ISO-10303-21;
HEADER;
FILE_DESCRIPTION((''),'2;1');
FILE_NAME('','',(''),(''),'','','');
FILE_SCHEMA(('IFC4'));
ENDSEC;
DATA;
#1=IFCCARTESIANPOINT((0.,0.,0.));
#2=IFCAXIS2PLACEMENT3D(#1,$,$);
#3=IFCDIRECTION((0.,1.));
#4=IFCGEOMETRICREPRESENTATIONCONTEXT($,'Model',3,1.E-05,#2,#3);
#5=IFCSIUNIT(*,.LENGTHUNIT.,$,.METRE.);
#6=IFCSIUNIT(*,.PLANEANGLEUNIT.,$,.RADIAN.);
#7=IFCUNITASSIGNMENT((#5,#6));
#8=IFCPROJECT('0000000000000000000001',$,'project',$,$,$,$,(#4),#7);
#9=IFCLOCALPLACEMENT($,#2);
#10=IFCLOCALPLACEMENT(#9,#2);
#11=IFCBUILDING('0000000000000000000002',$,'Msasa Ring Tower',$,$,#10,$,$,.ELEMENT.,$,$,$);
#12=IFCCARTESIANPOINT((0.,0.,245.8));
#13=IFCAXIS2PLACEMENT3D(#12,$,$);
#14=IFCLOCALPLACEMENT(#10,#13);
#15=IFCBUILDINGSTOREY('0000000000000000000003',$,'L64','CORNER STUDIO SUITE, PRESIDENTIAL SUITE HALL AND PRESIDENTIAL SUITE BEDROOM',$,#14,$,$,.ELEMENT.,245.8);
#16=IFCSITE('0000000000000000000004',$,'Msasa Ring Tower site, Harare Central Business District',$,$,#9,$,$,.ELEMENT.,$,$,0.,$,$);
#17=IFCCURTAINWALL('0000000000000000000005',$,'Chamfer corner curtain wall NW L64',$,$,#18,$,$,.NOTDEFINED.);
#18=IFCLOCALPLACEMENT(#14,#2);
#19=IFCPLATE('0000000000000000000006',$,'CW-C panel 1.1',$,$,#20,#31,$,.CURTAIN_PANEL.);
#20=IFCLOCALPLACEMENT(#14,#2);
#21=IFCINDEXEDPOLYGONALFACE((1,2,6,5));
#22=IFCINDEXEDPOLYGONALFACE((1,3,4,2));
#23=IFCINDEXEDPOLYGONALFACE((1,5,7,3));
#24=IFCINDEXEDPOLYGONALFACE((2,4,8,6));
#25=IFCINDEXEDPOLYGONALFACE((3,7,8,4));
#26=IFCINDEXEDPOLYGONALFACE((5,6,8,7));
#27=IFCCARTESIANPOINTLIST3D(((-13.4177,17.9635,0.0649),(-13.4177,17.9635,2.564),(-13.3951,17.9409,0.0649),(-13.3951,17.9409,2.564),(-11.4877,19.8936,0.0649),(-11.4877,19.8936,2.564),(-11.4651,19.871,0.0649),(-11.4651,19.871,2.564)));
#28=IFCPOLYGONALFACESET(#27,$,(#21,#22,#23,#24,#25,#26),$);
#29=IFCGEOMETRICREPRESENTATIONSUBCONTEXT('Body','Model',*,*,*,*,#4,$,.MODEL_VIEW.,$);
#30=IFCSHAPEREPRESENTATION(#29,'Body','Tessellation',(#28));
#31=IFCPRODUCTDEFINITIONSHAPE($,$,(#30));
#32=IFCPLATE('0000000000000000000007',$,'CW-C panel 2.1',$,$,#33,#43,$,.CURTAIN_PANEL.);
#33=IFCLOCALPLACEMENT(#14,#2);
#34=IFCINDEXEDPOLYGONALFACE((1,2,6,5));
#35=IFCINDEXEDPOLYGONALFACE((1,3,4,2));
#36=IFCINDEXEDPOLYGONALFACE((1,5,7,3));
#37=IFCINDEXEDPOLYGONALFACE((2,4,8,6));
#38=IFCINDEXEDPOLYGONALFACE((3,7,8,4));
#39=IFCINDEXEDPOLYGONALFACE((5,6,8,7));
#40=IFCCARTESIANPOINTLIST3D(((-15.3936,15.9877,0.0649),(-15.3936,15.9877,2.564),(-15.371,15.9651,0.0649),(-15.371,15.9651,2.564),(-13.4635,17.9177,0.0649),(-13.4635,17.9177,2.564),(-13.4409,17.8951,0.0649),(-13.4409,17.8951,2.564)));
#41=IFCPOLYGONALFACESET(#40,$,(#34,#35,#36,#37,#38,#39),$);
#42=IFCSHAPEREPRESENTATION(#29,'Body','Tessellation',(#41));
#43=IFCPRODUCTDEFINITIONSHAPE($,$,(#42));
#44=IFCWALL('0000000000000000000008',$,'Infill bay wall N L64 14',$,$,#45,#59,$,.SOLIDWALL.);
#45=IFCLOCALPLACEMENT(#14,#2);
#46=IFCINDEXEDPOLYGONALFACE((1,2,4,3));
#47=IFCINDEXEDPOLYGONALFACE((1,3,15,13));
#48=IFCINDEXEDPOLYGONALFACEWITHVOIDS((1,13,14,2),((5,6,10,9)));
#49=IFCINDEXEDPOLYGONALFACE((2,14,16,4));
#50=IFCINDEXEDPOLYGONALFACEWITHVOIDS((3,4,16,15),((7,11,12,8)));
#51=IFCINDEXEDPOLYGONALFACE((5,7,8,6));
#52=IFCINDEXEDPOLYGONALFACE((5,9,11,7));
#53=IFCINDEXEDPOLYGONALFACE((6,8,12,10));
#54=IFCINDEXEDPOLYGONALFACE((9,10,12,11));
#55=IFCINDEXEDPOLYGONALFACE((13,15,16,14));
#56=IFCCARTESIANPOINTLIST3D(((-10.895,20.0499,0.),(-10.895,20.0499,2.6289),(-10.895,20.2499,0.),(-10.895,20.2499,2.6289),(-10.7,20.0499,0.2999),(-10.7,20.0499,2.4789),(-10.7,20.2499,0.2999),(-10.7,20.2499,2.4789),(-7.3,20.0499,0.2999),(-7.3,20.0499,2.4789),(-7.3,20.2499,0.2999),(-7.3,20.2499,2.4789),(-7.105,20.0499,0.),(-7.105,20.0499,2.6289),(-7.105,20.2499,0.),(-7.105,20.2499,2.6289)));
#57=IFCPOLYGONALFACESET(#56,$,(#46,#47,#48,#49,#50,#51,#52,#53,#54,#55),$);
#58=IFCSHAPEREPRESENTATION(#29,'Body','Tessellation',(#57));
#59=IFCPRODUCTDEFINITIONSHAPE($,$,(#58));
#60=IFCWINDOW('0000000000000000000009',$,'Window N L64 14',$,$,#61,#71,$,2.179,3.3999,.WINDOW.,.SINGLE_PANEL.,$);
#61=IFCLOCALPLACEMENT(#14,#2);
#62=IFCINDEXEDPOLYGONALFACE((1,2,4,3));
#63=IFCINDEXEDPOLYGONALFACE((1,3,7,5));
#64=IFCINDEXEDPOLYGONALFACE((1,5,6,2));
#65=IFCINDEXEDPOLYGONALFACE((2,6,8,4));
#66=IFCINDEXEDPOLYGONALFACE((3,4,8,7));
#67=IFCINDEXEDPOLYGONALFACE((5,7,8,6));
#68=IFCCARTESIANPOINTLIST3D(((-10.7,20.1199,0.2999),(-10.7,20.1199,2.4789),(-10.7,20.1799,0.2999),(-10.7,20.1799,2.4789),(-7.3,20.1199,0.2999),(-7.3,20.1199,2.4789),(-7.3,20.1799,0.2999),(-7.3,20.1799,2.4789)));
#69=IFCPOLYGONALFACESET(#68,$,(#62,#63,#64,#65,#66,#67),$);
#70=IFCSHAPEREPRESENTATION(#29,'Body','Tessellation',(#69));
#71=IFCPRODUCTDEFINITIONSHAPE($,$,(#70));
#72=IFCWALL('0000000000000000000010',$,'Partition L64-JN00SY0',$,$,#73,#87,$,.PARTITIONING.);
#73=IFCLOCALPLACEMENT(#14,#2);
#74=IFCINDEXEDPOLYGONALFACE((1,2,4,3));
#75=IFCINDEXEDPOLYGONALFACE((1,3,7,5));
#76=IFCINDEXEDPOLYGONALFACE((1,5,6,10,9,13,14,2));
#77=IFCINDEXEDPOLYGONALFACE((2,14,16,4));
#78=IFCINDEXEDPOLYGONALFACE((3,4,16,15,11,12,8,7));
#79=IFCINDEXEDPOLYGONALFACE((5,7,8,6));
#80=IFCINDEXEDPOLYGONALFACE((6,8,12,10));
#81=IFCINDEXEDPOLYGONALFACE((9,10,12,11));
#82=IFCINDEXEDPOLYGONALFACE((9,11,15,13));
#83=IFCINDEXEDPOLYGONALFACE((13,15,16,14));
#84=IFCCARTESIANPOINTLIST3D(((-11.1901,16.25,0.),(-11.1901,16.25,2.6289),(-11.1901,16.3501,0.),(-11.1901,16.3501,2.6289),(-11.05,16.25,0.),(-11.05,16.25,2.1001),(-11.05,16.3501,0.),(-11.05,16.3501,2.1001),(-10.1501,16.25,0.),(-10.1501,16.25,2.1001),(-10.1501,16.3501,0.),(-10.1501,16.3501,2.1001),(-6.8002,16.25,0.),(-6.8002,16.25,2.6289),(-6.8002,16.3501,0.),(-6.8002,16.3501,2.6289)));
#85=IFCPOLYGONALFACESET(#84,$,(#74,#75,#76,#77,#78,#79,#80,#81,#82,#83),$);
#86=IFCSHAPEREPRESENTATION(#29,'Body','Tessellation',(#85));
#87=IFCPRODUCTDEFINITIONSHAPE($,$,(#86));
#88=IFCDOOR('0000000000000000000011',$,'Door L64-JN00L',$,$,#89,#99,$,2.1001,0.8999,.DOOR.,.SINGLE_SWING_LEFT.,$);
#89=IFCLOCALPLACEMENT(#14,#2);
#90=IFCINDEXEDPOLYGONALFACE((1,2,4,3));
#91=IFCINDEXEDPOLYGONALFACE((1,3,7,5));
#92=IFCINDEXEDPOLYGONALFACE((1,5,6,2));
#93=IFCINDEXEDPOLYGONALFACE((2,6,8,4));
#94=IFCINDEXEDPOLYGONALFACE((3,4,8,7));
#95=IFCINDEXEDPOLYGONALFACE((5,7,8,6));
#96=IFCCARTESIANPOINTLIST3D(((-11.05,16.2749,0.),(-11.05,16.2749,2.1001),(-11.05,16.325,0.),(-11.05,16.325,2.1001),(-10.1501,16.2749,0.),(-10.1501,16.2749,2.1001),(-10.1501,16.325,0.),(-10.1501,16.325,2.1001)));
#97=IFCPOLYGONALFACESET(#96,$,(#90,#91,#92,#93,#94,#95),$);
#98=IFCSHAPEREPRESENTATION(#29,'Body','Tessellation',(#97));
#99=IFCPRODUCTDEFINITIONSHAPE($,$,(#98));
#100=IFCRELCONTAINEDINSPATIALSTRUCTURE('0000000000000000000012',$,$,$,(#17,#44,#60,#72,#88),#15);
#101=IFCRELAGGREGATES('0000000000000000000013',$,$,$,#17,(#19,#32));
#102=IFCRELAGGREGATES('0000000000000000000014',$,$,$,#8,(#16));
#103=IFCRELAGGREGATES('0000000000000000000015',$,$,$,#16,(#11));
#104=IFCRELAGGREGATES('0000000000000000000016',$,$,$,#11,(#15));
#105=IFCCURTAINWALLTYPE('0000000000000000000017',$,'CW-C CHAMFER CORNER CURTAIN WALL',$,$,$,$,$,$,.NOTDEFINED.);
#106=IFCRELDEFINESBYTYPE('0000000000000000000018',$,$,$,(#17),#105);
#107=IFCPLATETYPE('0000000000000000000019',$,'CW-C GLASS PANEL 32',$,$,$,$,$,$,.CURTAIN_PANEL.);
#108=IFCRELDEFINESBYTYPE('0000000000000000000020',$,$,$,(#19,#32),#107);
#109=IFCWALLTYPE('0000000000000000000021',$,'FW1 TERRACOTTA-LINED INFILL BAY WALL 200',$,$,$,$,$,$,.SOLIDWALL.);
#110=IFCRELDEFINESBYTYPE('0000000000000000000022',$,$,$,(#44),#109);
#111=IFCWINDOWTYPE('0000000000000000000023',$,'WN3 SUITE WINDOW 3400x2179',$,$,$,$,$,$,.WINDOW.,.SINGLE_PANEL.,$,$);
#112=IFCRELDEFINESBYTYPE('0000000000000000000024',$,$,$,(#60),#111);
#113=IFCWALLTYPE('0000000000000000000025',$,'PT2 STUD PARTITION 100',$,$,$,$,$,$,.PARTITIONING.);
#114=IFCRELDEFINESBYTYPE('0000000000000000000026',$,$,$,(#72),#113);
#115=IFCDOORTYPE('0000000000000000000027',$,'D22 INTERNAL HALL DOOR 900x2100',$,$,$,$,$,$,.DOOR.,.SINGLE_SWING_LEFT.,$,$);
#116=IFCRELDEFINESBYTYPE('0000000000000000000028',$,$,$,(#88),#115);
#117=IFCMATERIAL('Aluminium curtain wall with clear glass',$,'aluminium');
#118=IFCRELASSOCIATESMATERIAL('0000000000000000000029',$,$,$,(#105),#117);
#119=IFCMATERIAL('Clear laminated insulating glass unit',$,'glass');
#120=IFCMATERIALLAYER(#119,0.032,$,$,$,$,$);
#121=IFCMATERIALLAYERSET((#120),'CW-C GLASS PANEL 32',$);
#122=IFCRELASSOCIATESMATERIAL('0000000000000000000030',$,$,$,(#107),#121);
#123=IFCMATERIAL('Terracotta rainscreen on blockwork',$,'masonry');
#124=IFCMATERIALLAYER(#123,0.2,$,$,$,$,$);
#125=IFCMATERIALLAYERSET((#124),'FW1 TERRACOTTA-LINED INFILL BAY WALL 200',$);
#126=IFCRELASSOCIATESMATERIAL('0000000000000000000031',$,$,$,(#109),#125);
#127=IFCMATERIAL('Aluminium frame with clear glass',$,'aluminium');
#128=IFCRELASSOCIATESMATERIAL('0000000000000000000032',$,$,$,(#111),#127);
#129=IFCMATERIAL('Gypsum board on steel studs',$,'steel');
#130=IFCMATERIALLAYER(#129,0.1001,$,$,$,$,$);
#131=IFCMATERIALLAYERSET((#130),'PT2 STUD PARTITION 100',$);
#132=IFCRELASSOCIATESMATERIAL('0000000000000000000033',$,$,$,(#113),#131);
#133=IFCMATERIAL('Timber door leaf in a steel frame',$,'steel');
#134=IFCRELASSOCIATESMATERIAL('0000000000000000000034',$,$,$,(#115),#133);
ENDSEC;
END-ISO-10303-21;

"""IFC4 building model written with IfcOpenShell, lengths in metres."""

from ifc_helpers import new_model, si_unit, direction, frame, frame_2d, origin, origin_2d, place, context, subcontext, project, spatial, rectangle, extrude, material, layer, layer_set, type_object, element, fill, aggregate, save


model = new_model("IFC4")

# Units and contexts
model_context = context("Model", 3, precision=1e-05, world=origin(), true_north=direction((0.0, 1.0)))
body_context = subcontext(model_context, "Body", "Model", "MODEL_VIEW")
ifc_project = project(units=[si_unit("LENGTHUNIT", "METRE"), si_unit("PLANEANGLEUNIT", "RADIAN")], contexts=[model_context])

# Site, building, storey
site_placement = place(None, origin())
site = spatial("IfcSite", under=ifc_project, at=site_placement, Name="Msasa Ring Tower site, Harare Central Business District", CompositionType="ELEMENT", RefElevation=0.0)
building_placement = place(site_placement, origin())
building = spatial("IfcBuilding", under=site, at=building_placement, Name="Msasa Ring Tower", CompositionType="ELEMENT")
storey_placement = place(building_placement, frame((0.0, 0.0, 245.8)))
storey = spatial("IfcBuildingStorey", under=building, at=storey_placement, Name="L64", Description="CORNER STUDIO SUITE, PRESIDENTIAL SUITE HALL AND PRESIDENTIAL SUITE BEDROOM", CompositionType="ELEMENT", Elevation=245.8)

# Curtain wall
ifc_material_1 = material(Name="Aluminium curtain wall with clear glass", Category="aluminium")
curtain_wall_type = type_object("IfcCurtainWallType", Name="CW-C CHAMFER CORNER CURTAIN WALL", PredefinedType="NOTDEFINED", material=ifc_material_1)
curtain_wall_1_placement = place(storey_placement, origin())
curtain_wall_1 = element("IfcCurtainWall", 1, at=curtain_wall_1_placement, inside=storey, type_object=curtain_wall_type, Name="Chamfer corner curtain wall NW L64", PredefinedType="NOTDEFINED")

# Plates
ifc_material_2 = material(Name="Clear laminated insulating glass unit", Category="glass")
ifc_layer_1 = layer(ifc_material_2, 0.032)
ifc_layer_set_1 = layer_set([ifc_layer_1], Name="CW-C GLASS PANEL 32")
plate_type = type_object("IfcPlateType", Name="CW-C GLASS PANEL 32", PredefinedType="CURTAIN_PANEL", material=ifc_layer_set_1)
plate_1_placement = place(storey_placement, frame((-12.4414, 18.9172, 0.0649), z_axis=(0.0, 0.0, 1.0), x_axis=(-0.707107, -0.707107, 0.0)))
plate_1 = element("IfcPlate", 2, at=plate_1_placement, type_object=plate_type, Name="CW-C panel 1.1", PredefinedType="CURTAIN_PANEL", context=body_context, shape_type="SweptSolid", body=[
    extrude(rectangle(XDim=2.7295, YDim=0.032, at=origin_2d()), origin(), (0.0, 0.0, 1.0), 2.499),
])
plate_2_placement = place(storey_placement, frame((-14.4172, 16.9414, 0.0649), z_axis=(0.0, 0.0, 1.0), x_axis=(-0.707107, -0.707107, 0.0)))
plate_2 = element("IfcPlate", 3, at=plate_2_placement, type_object=plate_type, Name="CW-C panel 2.1", PredefinedType="CURTAIN_PANEL", context=body_context, shape_type="SweptSolid", body=[
    extrude(rectangle(XDim=2.7295, YDim=0.032, at=origin_2d()), origin(), (0.0, 0.0, 1.0), 2.499),
])
aggregate(curtain_wall_1, [plate_1, plate_2])

# Wall, opening, window
ifc_material_3 = material(Name="Terracotta rainscreen on blockwork", Category="masonry")
ifc_layer_2 = layer(ifc_material_3, 0.2)
ifc_layer_set_2 = layer_set([ifc_layer_2], Name="FW1 TERRACOTTA-LINED INFILL BAY WALL 200")
wall_type_1 = type_object("IfcWallType", Name="FW1 TERRACOTTA-LINED INFILL BAY WALL 200", PredefinedType="SOLIDWALL", material=ifc_layer_set_2)
wall_1_placement = place(storey_placement, frame((-10.895, 20.1499, 0.0), z_axis=(0.0, 0.0, 1.0), x_axis=(1.0, 0.0, 0.0)))
wall_1 = element("IfcWall", 4, at=wall_1_placement, inside=storey, type_object=wall_type_1, Name="Infill bay wall N L64 14", PredefinedType="SOLIDWALL", context=body_context, shape_type="SweptSolid", body=[
    extrude(rectangle(XDim=3.79, YDim=0.2, at=frame_2d((1.895, 0.0))), origin(), (0.0, 0.0, 1.0), 2.6289),
])
opening_1_placement = place(wall_1_placement, frame((0.1951, 0.0, 0.3)))
opening_1 = element("IfcOpeningElement", 5, at=opening_1_placement, cuts=wall_1, PredefinedType="OPENING", context=body_context, shape_type="SweptSolid", body=[
    extrude(rectangle(XDim=3.3999, YDim=2.179, at=frame_2d((1.7, 1.0894))), frame((0.0, 0.1099, 0.0), z_axis=(0.0, -1.0, 0.0), x_axis=(1.0, 0.0, 0.0)), (0.0, 0.0, 1.0), 0.22),
])
ifc_material_4 = material(Name="Aluminium frame with clear glass", Category="aluminium")
window_type = type_object("IfcWindowType", Name="WN3 SUITE WINDOW 3400x2179", PartitioningType="SINGLE_PANEL", PredefinedType="WINDOW", material=ifc_material_4)
window_placement = place(opening_1_placement, origin())
window = element("IfcWindow", 6, at=window_placement, inside=storey, type_object=window_type, Name="Window N L64 14", OverallHeight=2.179, OverallWidth=3.3999, PartitioningType="SINGLE_PANEL", PredefinedType="WINDOW", context=body_context, shape_type="SweptSolid", body=[
    extrude(rectangle(XDim=3.3999, YDim=2.179, at=frame_2d((1.7, 1.0894))), frame((0.0, 0.03, 0.0), z_axis=(0.0, -1.0, 0.0), x_axis=(1.0, 0.0, 0.0)), (0.0, 0.0, 1.0), 0.0601),
])
fill(opening_1, window)

# Wall, opening, door
ifc_material_5 = material(Name="Gypsum board on steel studs", Category="steel")
ifc_layer_3 = layer(ifc_material_5, 0.1001)
ifc_layer_set_3 = layer_set([ifc_layer_3], Name="PT2 STUD PARTITION 100")
wall_type_2 = type_object("IfcWallType", Name="PT2 STUD PARTITION 100", PredefinedType="PARTITIONING", material=ifc_layer_set_3)
wall_2_placement = place(storey_placement, frame((-11.1899, 16.3, 0.0), z_axis=(0.0, 0.0, 1.0), x_axis=(1.0, 0.0, 0.0)))
wall_2 = element("IfcWall", 7, at=wall_2_placement, inside=storey, type_object=wall_type_2, Name="Partition L64-JN00SY0", PredefinedType="PARTITIONING", context=body_context, shape_type="SweptSolid", body=[
    extrude(rectangle(XDim=4.3899, YDim=0.1001, at=frame_2d((2.1948, 0.0))), origin(), (0.0, 0.0, 1.0), 2.6289),
])
opening_2_placement = place(wall_2_placement, frame((0.1399, 0.0, 0.0)))
opening_2 = element("IfcOpeningElement", 8, at=opening_2_placement, cuts=wall_2, PredefinedType="OPENING", context=body_context, shape_type="SweptSolid", body=[
    extrude(rectangle(XDim=0.8999, YDim=2.1001, at=frame_2d((0.45, 1.05))), frame((0.0, 0.0601, 0.0), z_axis=(0.0, -1.0, 0.0), x_axis=(1.0, 0.0, 0.0)), (0.0, 0.0, 1.0), 0.1201),
])
ifc_material_6 = material(Name="Timber door leaf in a steel frame", Category="steel")
door_type = type_object("IfcDoorType", Name="D22 INTERNAL HALL DOOR 900x2100", OperationType="SINGLE_SWING_LEFT", PredefinedType="DOOR", material=ifc_material_6)
door_placement = place(opening_2_placement, origin())
door = element("IfcDoor", 9, at=door_placement, inside=storey, type_object=door_type, Name="Door L64-JN00L", OperationType="SINGLE_SWING_LEFT", OverallHeight=2.1001, OverallWidth=0.8999, PredefinedType="DOOR", context=body_context, shape_type="SweptSolid", body=[
    extrude(rectangle(XDim=0.8999, YDim=2.1001, at=frame_2d((0.45, 1.05))), frame((0.0, 0.0249, 0.0), z_axis=(0.0, -1.0, 0.0), x_axis=(1.0, 0.0, 0.0)), (0.0, 0.0, 1.0), 0.05),
])
fill(opening_2, door)

save(model, "model.ifc")
